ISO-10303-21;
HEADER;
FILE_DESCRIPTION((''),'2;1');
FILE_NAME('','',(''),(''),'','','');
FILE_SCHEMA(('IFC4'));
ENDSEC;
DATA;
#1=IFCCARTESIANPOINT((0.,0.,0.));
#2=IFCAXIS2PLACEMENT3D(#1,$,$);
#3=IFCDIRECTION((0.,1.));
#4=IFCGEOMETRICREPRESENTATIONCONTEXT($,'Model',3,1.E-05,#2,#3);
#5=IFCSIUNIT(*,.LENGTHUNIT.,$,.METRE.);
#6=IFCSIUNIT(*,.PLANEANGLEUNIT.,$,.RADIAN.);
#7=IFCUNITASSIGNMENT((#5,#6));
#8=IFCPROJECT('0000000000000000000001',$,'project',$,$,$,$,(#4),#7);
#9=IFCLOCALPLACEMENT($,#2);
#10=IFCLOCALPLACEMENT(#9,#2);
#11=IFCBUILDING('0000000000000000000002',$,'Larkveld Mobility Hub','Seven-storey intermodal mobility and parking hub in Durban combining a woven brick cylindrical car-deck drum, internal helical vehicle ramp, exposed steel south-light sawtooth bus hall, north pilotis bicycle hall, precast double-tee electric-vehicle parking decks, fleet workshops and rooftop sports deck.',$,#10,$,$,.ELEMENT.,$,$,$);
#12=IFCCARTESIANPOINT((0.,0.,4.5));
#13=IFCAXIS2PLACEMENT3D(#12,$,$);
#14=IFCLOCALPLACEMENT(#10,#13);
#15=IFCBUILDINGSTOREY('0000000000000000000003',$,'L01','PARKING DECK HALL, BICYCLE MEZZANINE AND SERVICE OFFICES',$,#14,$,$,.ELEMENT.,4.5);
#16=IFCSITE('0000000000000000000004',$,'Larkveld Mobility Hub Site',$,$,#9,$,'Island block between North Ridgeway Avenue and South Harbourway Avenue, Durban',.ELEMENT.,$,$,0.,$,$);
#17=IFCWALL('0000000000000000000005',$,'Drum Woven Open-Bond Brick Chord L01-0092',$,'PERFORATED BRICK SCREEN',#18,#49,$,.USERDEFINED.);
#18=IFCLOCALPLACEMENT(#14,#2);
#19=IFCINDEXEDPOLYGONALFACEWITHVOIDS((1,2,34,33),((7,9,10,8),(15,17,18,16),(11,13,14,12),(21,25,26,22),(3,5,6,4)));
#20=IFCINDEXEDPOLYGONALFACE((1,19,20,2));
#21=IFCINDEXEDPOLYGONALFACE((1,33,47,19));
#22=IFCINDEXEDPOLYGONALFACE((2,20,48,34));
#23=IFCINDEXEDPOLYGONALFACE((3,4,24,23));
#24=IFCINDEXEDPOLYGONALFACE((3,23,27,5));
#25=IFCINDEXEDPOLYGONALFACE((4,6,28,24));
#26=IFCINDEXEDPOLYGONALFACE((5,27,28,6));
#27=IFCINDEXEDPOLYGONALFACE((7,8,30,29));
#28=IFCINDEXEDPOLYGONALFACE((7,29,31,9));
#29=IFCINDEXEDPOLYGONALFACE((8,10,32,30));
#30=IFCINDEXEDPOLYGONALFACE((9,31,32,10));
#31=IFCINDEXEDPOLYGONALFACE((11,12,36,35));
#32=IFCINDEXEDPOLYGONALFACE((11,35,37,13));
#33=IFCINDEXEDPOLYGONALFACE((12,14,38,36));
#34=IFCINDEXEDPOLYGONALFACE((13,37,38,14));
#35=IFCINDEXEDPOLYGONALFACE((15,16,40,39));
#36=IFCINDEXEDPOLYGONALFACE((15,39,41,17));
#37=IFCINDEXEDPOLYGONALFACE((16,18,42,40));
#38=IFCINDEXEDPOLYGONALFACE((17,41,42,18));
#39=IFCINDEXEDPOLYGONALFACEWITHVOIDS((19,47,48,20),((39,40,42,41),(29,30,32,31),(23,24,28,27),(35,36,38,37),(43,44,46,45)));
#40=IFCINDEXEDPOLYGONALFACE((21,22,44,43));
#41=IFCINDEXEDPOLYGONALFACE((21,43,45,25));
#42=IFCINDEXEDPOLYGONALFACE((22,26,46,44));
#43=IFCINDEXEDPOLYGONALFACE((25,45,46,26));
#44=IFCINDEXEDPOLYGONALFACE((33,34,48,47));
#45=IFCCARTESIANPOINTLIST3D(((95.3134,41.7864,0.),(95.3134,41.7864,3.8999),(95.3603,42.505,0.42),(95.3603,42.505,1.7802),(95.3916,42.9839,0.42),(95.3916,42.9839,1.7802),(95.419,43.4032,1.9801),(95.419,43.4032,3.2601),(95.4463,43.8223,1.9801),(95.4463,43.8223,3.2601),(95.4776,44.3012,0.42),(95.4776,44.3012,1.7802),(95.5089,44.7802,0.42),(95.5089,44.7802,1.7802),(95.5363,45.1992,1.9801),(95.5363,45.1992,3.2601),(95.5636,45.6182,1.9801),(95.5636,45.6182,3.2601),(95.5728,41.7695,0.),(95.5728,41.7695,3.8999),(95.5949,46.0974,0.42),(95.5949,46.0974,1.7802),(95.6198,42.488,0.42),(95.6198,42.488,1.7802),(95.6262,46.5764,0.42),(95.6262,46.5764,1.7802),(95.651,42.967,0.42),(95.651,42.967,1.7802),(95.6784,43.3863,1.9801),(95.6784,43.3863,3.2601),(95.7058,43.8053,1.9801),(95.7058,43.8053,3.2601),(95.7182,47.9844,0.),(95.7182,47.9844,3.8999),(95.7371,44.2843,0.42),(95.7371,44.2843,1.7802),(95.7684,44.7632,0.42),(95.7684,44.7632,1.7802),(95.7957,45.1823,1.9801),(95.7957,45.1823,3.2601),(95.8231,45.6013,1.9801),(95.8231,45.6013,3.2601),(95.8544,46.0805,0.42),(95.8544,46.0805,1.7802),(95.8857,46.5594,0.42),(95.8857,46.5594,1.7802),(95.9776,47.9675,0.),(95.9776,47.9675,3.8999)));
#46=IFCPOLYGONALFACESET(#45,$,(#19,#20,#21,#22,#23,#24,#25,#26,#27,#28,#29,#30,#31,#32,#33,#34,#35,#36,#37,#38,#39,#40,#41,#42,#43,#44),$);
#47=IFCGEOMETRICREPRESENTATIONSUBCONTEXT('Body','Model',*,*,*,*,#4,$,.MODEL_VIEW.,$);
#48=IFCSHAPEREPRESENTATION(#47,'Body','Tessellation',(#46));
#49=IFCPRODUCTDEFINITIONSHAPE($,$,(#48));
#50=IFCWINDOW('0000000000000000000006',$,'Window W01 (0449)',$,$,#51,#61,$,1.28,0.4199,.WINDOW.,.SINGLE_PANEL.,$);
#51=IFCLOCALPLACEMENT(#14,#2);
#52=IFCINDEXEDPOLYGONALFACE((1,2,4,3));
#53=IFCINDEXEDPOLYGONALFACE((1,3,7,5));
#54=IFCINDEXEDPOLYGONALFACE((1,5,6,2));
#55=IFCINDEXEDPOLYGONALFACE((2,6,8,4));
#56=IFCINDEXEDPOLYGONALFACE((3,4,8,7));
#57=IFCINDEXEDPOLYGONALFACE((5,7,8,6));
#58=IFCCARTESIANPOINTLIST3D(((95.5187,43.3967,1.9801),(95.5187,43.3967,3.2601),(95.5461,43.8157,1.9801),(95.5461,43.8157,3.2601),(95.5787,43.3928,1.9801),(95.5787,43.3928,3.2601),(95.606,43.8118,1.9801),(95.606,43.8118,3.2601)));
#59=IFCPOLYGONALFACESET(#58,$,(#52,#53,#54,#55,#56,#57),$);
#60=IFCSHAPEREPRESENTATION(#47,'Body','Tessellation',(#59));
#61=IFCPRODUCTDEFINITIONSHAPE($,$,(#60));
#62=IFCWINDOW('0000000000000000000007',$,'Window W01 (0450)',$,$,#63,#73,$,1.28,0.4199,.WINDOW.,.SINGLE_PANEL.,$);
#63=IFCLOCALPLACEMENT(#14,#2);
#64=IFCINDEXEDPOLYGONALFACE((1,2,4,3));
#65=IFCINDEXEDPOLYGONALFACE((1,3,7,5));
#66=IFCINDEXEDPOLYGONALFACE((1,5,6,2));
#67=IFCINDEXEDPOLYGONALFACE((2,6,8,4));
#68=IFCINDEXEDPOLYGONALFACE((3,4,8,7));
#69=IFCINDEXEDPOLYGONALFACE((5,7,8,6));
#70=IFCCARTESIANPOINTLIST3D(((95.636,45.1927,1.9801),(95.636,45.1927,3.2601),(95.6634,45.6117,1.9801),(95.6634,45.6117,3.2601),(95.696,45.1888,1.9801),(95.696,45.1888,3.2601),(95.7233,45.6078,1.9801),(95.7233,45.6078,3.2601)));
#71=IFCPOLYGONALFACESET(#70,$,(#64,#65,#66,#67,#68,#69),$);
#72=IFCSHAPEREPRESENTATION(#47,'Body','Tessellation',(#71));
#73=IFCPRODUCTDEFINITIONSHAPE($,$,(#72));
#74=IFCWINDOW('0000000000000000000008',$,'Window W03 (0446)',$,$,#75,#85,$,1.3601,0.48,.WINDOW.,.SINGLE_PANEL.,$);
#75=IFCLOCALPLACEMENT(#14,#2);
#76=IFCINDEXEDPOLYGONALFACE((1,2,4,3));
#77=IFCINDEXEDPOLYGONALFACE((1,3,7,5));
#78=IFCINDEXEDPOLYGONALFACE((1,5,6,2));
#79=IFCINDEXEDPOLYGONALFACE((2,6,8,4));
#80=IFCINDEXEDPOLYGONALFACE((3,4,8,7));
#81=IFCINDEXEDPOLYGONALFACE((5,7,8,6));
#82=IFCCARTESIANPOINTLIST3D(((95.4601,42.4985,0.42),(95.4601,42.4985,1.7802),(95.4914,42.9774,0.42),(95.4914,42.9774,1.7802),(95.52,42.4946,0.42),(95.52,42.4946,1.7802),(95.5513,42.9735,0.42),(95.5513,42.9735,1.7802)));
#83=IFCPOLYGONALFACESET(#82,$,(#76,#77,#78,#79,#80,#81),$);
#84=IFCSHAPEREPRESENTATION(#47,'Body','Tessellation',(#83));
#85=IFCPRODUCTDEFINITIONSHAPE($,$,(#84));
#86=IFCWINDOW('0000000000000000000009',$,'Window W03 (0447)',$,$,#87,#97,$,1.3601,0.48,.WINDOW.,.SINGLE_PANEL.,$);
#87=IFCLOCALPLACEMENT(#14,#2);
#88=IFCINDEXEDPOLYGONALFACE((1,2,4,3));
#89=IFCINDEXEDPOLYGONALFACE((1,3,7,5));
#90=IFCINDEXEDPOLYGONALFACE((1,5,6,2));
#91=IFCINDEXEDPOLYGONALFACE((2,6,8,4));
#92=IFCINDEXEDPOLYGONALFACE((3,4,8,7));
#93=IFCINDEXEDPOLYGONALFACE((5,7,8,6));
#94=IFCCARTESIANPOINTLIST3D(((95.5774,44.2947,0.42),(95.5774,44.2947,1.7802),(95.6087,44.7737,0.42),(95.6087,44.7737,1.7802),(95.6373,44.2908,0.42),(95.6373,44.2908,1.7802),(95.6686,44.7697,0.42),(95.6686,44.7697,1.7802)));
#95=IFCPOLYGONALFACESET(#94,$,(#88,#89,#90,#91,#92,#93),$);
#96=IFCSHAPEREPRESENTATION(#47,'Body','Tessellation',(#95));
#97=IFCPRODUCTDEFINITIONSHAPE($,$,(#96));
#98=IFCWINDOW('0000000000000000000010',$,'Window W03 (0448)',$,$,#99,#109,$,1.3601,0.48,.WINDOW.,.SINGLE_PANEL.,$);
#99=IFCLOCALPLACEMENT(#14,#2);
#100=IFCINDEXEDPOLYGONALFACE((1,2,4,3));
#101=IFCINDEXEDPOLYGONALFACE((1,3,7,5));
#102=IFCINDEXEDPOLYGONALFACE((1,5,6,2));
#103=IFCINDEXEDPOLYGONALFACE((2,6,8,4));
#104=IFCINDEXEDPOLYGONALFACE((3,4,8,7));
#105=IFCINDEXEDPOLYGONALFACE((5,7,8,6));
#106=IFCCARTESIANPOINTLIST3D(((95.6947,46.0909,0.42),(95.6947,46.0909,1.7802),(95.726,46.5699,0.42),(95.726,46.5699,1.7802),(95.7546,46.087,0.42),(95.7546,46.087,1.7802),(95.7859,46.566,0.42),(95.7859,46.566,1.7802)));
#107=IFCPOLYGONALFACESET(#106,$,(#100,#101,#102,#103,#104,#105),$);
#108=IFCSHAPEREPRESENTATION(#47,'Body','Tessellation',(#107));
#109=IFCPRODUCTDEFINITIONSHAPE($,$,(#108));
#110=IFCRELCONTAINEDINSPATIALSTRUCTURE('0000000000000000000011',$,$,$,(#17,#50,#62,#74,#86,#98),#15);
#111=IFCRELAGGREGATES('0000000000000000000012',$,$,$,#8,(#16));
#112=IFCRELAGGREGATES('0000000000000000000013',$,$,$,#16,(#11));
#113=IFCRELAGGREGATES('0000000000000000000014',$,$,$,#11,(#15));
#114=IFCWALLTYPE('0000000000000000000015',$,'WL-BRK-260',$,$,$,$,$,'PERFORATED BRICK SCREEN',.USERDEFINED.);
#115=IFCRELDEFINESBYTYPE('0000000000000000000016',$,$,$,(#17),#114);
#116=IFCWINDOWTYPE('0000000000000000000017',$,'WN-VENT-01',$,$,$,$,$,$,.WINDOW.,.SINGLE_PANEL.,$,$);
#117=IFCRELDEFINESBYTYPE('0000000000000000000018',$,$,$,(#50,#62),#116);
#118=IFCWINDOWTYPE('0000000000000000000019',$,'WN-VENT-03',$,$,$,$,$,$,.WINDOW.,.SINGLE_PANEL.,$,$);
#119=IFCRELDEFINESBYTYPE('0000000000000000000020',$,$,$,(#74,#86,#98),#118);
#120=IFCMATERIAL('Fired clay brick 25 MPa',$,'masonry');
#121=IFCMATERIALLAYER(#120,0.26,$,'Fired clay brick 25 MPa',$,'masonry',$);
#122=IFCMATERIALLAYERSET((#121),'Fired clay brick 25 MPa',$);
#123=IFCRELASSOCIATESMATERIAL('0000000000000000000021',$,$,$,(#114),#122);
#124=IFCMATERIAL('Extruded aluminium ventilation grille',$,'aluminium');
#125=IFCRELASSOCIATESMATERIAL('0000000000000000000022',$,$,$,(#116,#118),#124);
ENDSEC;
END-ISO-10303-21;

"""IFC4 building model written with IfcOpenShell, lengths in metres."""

from ifc_helpers import new_model, si_unit, direction, frame, frame_2d, origin, place, context, subcontext, project, spatial, rectangle, extrude, material, layer, layer_set, type_object, element, fill, save


model = new_model("IFC4")

# Units and contexts
model_context = context("Model", 3, precision=1e-05, world=origin(), true_north=direction((0.0, 1.0)))
body_context = subcontext(model_context, "Body", "Model", "MODEL_VIEW")
ifc_project = project(units=[si_unit("LENGTHUNIT", "METRE"), si_unit("PLANEANGLEUNIT", "RADIAN")], contexts=[model_context])

# Site, building, storey
site_placement = place(None, origin())
site = spatial("IfcSite", under=ifc_project, at=site_placement, Name="Larkveld Mobility Hub Site", LongName="Island block between North Ridgeway Avenue and South Harbourway Avenue, Durban", CompositionType="ELEMENT", RefElevation=0.0)
building_placement = place(site_placement, origin())
building = spatial("IfcBuilding", under=site, at=building_placement, Name="Larkveld Mobility Hub", Description="Seven-storey intermodal mobility and parking hub in Durban combining a woven brick cylindrical car-deck drum, internal helical vehicle ramp, exposed steel south-light sawtooth bus hall, north pilotis bicycle hall, precast double-tee electric-vehicle parking decks, fleet workshops and rooftop sports deck.", CompositionType="ELEMENT")
storey_placement = place(building_placement, frame((0.0, 0.0, 4.5)))
storey = spatial("IfcBuildingStorey", under=building, at=storey_placement, Name="L01", Description="PARKING DECK HALL, BICYCLE MEZZANINE AND SERVICE OFFICES", CompositionType="ELEMENT", Elevation=4.5)

# Wall, openings, windows
ifc_material_1 = material(Name="Fired clay brick 25 MPa", Category="masonry")
ifc_layer_1 = layer(ifc_material_1, 0.26, Name="Fired clay brick 25 MPa", Category="masonry")
ifc_layer_set_1 = layer_set([ifc_layer_1], Name="Fired clay brick 25 MPa")
wall_type_1 = type_object("IfcWallType", Name="WL-BRK-260", ElementType="PERFORATED BRICK SCREEN", PredefinedType="USERDEFINED", material=ifc_layer_set_1)
wall_1_placement = place(storey_placement, frame((95.4431, 41.7781, 0.0), z_axis=(0.0, 0.0, 1.0), x_axis=(0.06517, 0.997874, 0.0)))
wall_1 = element("IfcWall", 1, at=wall_1_placement, inside=storey, type_object=wall_type_1, Name="Drum Woven Open-Bond Brick Chord L01-0092", ObjectType="PERFORATED BRICK SCREEN", PredefinedType="USERDEFINED", context=body_context, shape_type="SweptSolid", body=[
    extrude(rectangle(XDim=6.2112, YDim=0.26, at=frame_2d((3.1055, 0.0))), origin(), (0.0, 0.0, 1.0), 3.8999),
])
opening_1_placement = place(wall_1_placement, frame((0.72, 0.0, 0.4199)))
opening_1 = element("IfcOpeningElement", 2, at=opening_1_placement, cuts=wall_1, PredefinedType="OPENING", context=body_context, shape_type="SweptSolid", body=[
    extrude(rectangle(XDim=0.48, YDim=1.3601, at=frame_2d((0.24, 0.6802))), frame((0.0, 0.1401, 0.0), z_axis=(0.0, -1.0, 0.0), x_axis=(1.0, 0.0, 0.0)), (0.0, 0.0, 1.0), 0.28),
])
opening_2_placement = place(wall_1_placement, frame((2.52, 0.0, 0.4199)))
opening_2 = element("IfcOpeningElement", 3, at=opening_2_placement, cuts=wall_1, PredefinedType="OPENING", context=body_context, shape_type="SweptSolid", body=[
    extrude(rectangle(XDim=0.48, YDim=1.3601, at=frame_2d((0.24, 0.6802))), frame((0.0, 0.1401, 0.0), z_axis=(0.0, -1.0, 0.0), x_axis=(1.0, 0.0, 0.0)), (0.0, 0.0, 1.0), 0.28),
])
opening_3_placement = place(wall_1_placement, frame((4.3201, 0.0, 0.4199)))
opening_3 = element("IfcOpeningElement", 4, at=opening_3_placement, cuts=wall_1, PredefinedType="OPENING", context=body_context, shape_type="SweptSolid", body=[
    extrude(rectangle(XDim=0.48, YDim=1.3601, at=frame_2d((0.24, 0.6802))), frame((0.0, 0.1401, 0.0), z_axis=(0.0, -1.0, 0.0), x_axis=(1.0, 0.0, 0.0)), (0.0, 0.0, 1.0), 0.28),
])
opening_4_placement = place(wall_1_placement, frame((1.6201, 0.0, 1.98)))
opening_4 = element("IfcOpeningElement", 5, at=opening_4_placement, cuts=wall_1, PredefinedType="OPENING", context=body_context, shape_type="SweptSolid", body=[
    extrude(rectangle(XDim=0.4199, YDim=1.28, at=frame_2d((0.21, 0.6401))), frame((0.0, 0.1401, 0.0), z_axis=(0.0, -1.0, 0.0), x_axis=(1.0, 0.0, 0.0)), (0.0, 0.0, 1.0), 0.28),
])
opening_5_placement = place(wall_1_placement, frame((3.4199, 0.0, 1.98)))
opening_5 = element("IfcOpeningElement", 6, at=opening_5_placement, cuts=wall_1, PredefinedType="OPENING", context=body_context, shape_type="SweptSolid", body=[
    extrude(rectangle(XDim=0.4199, YDim=1.28, at=frame_2d((0.21, 0.6401))), frame((0.0, 0.1401, 0.0), z_axis=(0.0, -1.0, 0.0), x_axis=(1.0, 0.0, 0.0)), (0.0, 0.0, 1.0), 0.28),
])
ifc_material_2 = material(Name="Extruded aluminium ventilation grille", Category="aluminium")
window_type_1 = type_object("IfcWindowType", Name="WN-VENT-01", PartitioningType="SINGLE_PANEL", PredefinedType="WINDOW", material=ifc_material_2)
window_1_placement = place(opening_4_placement, origin())
window_1 = element("IfcWindow", 7, at=window_1_placement, inside=storey, type_object=window_type_1, Name="Window W01 (0449)", OverallHeight=1.28, OverallWidth=0.4199, PartitioningType="SINGLE_PANEL", PredefinedType="WINDOW", context=body_context, shape_type="SweptSolid", body=[
    extrude(rectangle(XDim=0.4199, YDim=1.28, at=frame_2d((0.21, 0.6401))), frame((0.0, 0.03, 0.0), z_axis=(0.0, -1.0, 0.0), x_axis=(1.0, 0.0, 0.0)), (0.0, 0.0, 1.0), 0.0601),
])
fill(opening_4, window_1)
window_2_placement = place(opening_5_placement, origin())
window_2 = element("IfcWindow", 8, at=window_2_placement, inside=storey, type_object=window_type_1, Name="Window W01 (0450)", OverallHeight=1.28, OverallWidth=0.4199, PartitioningType="SINGLE_PANEL", PredefinedType="WINDOW", context=body_context, shape_type="SweptSolid", body=[
    extrude(rectangle(XDim=0.4199, YDim=1.28, at=frame_2d((0.21, 0.6401))), frame((0.0, 0.03, 0.0), z_axis=(0.0, -1.0, 0.0), x_axis=(1.0, 0.0, 0.0)), (0.0, 0.0, 1.0), 0.0601),
])
fill(opening_5, window_2)
window_type_2 = type_object("IfcWindowType", Name="WN-VENT-03", PartitioningType="SINGLE_PANEL", PredefinedType="WINDOW", material=ifc_material_2)
window_3_placement = place(opening_1_placement, origin())
window_3 = element("IfcWindow", 9, at=window_3_placement, inside=storey, type_object=window_type_2, Name="Window W03 (0446)", OverallHeight=1.3601, OverallWidth=0.48, PartitioningType="SINGLE_PANEL", PredefinedType="WINDOW", context=body_context, shape_type="SweptSolid", body=[
    extrude(rectangle(XDim=0.48, YDim=1.3601, at=frame_2d((0.24, 0.6802))), frame((0.0, 0.03, 0.0), z_axis=(0.0, -1.0, 0.0), x_axis=(1.0, 0.0, 0.0)), (0.0, 0.0, 1.0), 0.0601),
])
fill(opening_1, window_3)
window_4_placement = place(opening_2_placement, origin())
window_4 = element("IfcWindow", 10, at=window_4_placement, inside=storey, type_object=window_type_2, Name="Window W03 (0447)", OverallHeight=1.3601, OverallWidth=0.48, PartitioningType="SINGLE_PANEL", PredefinedType="WINDOW", context=body_context, shape_type="SweptSolid", body=[
    extrude(rectangle(XDim=0.48, YDim=1.3601, at=frame_2d((0.24, 0.6802))), frame((0.0, 0.03, 0.0), z_axis=(0.0, -1.0, 0.0), x_axis=(1.0, 0.0, 0.0)), (0.0, 0.0, 1.0), 0.0601),
])
fill(opening_2, window_4)
window_5_placement = place(opening_3_placement, origin())
window_5 = element("IfcWindow", 11, at=window_5_placement, inside=storey, type_object=window_type_2, Name="Window W03 (0448)", OverallHeight=1.3601, OverallWidth=0.48, PartitioningType="SINGLE_PANEL", PredefinedType="WINDOW", context=body_context, shape_type="SweptSolid", body=[
    extrude(rectangle(XDim=0.48, YDim=1.3601, at=frame_2d((0.24, 0.6802))), frame((0.0, 0.03, 0.0), z_axis=(0.0, -1.0, 0.0), x_axis=(1.0, 0.0, 0.0)), (0.0, 0.0, 1.0), 0.0601),
])
fill(opening_3, window_5)

save(model, "model.ifc")
